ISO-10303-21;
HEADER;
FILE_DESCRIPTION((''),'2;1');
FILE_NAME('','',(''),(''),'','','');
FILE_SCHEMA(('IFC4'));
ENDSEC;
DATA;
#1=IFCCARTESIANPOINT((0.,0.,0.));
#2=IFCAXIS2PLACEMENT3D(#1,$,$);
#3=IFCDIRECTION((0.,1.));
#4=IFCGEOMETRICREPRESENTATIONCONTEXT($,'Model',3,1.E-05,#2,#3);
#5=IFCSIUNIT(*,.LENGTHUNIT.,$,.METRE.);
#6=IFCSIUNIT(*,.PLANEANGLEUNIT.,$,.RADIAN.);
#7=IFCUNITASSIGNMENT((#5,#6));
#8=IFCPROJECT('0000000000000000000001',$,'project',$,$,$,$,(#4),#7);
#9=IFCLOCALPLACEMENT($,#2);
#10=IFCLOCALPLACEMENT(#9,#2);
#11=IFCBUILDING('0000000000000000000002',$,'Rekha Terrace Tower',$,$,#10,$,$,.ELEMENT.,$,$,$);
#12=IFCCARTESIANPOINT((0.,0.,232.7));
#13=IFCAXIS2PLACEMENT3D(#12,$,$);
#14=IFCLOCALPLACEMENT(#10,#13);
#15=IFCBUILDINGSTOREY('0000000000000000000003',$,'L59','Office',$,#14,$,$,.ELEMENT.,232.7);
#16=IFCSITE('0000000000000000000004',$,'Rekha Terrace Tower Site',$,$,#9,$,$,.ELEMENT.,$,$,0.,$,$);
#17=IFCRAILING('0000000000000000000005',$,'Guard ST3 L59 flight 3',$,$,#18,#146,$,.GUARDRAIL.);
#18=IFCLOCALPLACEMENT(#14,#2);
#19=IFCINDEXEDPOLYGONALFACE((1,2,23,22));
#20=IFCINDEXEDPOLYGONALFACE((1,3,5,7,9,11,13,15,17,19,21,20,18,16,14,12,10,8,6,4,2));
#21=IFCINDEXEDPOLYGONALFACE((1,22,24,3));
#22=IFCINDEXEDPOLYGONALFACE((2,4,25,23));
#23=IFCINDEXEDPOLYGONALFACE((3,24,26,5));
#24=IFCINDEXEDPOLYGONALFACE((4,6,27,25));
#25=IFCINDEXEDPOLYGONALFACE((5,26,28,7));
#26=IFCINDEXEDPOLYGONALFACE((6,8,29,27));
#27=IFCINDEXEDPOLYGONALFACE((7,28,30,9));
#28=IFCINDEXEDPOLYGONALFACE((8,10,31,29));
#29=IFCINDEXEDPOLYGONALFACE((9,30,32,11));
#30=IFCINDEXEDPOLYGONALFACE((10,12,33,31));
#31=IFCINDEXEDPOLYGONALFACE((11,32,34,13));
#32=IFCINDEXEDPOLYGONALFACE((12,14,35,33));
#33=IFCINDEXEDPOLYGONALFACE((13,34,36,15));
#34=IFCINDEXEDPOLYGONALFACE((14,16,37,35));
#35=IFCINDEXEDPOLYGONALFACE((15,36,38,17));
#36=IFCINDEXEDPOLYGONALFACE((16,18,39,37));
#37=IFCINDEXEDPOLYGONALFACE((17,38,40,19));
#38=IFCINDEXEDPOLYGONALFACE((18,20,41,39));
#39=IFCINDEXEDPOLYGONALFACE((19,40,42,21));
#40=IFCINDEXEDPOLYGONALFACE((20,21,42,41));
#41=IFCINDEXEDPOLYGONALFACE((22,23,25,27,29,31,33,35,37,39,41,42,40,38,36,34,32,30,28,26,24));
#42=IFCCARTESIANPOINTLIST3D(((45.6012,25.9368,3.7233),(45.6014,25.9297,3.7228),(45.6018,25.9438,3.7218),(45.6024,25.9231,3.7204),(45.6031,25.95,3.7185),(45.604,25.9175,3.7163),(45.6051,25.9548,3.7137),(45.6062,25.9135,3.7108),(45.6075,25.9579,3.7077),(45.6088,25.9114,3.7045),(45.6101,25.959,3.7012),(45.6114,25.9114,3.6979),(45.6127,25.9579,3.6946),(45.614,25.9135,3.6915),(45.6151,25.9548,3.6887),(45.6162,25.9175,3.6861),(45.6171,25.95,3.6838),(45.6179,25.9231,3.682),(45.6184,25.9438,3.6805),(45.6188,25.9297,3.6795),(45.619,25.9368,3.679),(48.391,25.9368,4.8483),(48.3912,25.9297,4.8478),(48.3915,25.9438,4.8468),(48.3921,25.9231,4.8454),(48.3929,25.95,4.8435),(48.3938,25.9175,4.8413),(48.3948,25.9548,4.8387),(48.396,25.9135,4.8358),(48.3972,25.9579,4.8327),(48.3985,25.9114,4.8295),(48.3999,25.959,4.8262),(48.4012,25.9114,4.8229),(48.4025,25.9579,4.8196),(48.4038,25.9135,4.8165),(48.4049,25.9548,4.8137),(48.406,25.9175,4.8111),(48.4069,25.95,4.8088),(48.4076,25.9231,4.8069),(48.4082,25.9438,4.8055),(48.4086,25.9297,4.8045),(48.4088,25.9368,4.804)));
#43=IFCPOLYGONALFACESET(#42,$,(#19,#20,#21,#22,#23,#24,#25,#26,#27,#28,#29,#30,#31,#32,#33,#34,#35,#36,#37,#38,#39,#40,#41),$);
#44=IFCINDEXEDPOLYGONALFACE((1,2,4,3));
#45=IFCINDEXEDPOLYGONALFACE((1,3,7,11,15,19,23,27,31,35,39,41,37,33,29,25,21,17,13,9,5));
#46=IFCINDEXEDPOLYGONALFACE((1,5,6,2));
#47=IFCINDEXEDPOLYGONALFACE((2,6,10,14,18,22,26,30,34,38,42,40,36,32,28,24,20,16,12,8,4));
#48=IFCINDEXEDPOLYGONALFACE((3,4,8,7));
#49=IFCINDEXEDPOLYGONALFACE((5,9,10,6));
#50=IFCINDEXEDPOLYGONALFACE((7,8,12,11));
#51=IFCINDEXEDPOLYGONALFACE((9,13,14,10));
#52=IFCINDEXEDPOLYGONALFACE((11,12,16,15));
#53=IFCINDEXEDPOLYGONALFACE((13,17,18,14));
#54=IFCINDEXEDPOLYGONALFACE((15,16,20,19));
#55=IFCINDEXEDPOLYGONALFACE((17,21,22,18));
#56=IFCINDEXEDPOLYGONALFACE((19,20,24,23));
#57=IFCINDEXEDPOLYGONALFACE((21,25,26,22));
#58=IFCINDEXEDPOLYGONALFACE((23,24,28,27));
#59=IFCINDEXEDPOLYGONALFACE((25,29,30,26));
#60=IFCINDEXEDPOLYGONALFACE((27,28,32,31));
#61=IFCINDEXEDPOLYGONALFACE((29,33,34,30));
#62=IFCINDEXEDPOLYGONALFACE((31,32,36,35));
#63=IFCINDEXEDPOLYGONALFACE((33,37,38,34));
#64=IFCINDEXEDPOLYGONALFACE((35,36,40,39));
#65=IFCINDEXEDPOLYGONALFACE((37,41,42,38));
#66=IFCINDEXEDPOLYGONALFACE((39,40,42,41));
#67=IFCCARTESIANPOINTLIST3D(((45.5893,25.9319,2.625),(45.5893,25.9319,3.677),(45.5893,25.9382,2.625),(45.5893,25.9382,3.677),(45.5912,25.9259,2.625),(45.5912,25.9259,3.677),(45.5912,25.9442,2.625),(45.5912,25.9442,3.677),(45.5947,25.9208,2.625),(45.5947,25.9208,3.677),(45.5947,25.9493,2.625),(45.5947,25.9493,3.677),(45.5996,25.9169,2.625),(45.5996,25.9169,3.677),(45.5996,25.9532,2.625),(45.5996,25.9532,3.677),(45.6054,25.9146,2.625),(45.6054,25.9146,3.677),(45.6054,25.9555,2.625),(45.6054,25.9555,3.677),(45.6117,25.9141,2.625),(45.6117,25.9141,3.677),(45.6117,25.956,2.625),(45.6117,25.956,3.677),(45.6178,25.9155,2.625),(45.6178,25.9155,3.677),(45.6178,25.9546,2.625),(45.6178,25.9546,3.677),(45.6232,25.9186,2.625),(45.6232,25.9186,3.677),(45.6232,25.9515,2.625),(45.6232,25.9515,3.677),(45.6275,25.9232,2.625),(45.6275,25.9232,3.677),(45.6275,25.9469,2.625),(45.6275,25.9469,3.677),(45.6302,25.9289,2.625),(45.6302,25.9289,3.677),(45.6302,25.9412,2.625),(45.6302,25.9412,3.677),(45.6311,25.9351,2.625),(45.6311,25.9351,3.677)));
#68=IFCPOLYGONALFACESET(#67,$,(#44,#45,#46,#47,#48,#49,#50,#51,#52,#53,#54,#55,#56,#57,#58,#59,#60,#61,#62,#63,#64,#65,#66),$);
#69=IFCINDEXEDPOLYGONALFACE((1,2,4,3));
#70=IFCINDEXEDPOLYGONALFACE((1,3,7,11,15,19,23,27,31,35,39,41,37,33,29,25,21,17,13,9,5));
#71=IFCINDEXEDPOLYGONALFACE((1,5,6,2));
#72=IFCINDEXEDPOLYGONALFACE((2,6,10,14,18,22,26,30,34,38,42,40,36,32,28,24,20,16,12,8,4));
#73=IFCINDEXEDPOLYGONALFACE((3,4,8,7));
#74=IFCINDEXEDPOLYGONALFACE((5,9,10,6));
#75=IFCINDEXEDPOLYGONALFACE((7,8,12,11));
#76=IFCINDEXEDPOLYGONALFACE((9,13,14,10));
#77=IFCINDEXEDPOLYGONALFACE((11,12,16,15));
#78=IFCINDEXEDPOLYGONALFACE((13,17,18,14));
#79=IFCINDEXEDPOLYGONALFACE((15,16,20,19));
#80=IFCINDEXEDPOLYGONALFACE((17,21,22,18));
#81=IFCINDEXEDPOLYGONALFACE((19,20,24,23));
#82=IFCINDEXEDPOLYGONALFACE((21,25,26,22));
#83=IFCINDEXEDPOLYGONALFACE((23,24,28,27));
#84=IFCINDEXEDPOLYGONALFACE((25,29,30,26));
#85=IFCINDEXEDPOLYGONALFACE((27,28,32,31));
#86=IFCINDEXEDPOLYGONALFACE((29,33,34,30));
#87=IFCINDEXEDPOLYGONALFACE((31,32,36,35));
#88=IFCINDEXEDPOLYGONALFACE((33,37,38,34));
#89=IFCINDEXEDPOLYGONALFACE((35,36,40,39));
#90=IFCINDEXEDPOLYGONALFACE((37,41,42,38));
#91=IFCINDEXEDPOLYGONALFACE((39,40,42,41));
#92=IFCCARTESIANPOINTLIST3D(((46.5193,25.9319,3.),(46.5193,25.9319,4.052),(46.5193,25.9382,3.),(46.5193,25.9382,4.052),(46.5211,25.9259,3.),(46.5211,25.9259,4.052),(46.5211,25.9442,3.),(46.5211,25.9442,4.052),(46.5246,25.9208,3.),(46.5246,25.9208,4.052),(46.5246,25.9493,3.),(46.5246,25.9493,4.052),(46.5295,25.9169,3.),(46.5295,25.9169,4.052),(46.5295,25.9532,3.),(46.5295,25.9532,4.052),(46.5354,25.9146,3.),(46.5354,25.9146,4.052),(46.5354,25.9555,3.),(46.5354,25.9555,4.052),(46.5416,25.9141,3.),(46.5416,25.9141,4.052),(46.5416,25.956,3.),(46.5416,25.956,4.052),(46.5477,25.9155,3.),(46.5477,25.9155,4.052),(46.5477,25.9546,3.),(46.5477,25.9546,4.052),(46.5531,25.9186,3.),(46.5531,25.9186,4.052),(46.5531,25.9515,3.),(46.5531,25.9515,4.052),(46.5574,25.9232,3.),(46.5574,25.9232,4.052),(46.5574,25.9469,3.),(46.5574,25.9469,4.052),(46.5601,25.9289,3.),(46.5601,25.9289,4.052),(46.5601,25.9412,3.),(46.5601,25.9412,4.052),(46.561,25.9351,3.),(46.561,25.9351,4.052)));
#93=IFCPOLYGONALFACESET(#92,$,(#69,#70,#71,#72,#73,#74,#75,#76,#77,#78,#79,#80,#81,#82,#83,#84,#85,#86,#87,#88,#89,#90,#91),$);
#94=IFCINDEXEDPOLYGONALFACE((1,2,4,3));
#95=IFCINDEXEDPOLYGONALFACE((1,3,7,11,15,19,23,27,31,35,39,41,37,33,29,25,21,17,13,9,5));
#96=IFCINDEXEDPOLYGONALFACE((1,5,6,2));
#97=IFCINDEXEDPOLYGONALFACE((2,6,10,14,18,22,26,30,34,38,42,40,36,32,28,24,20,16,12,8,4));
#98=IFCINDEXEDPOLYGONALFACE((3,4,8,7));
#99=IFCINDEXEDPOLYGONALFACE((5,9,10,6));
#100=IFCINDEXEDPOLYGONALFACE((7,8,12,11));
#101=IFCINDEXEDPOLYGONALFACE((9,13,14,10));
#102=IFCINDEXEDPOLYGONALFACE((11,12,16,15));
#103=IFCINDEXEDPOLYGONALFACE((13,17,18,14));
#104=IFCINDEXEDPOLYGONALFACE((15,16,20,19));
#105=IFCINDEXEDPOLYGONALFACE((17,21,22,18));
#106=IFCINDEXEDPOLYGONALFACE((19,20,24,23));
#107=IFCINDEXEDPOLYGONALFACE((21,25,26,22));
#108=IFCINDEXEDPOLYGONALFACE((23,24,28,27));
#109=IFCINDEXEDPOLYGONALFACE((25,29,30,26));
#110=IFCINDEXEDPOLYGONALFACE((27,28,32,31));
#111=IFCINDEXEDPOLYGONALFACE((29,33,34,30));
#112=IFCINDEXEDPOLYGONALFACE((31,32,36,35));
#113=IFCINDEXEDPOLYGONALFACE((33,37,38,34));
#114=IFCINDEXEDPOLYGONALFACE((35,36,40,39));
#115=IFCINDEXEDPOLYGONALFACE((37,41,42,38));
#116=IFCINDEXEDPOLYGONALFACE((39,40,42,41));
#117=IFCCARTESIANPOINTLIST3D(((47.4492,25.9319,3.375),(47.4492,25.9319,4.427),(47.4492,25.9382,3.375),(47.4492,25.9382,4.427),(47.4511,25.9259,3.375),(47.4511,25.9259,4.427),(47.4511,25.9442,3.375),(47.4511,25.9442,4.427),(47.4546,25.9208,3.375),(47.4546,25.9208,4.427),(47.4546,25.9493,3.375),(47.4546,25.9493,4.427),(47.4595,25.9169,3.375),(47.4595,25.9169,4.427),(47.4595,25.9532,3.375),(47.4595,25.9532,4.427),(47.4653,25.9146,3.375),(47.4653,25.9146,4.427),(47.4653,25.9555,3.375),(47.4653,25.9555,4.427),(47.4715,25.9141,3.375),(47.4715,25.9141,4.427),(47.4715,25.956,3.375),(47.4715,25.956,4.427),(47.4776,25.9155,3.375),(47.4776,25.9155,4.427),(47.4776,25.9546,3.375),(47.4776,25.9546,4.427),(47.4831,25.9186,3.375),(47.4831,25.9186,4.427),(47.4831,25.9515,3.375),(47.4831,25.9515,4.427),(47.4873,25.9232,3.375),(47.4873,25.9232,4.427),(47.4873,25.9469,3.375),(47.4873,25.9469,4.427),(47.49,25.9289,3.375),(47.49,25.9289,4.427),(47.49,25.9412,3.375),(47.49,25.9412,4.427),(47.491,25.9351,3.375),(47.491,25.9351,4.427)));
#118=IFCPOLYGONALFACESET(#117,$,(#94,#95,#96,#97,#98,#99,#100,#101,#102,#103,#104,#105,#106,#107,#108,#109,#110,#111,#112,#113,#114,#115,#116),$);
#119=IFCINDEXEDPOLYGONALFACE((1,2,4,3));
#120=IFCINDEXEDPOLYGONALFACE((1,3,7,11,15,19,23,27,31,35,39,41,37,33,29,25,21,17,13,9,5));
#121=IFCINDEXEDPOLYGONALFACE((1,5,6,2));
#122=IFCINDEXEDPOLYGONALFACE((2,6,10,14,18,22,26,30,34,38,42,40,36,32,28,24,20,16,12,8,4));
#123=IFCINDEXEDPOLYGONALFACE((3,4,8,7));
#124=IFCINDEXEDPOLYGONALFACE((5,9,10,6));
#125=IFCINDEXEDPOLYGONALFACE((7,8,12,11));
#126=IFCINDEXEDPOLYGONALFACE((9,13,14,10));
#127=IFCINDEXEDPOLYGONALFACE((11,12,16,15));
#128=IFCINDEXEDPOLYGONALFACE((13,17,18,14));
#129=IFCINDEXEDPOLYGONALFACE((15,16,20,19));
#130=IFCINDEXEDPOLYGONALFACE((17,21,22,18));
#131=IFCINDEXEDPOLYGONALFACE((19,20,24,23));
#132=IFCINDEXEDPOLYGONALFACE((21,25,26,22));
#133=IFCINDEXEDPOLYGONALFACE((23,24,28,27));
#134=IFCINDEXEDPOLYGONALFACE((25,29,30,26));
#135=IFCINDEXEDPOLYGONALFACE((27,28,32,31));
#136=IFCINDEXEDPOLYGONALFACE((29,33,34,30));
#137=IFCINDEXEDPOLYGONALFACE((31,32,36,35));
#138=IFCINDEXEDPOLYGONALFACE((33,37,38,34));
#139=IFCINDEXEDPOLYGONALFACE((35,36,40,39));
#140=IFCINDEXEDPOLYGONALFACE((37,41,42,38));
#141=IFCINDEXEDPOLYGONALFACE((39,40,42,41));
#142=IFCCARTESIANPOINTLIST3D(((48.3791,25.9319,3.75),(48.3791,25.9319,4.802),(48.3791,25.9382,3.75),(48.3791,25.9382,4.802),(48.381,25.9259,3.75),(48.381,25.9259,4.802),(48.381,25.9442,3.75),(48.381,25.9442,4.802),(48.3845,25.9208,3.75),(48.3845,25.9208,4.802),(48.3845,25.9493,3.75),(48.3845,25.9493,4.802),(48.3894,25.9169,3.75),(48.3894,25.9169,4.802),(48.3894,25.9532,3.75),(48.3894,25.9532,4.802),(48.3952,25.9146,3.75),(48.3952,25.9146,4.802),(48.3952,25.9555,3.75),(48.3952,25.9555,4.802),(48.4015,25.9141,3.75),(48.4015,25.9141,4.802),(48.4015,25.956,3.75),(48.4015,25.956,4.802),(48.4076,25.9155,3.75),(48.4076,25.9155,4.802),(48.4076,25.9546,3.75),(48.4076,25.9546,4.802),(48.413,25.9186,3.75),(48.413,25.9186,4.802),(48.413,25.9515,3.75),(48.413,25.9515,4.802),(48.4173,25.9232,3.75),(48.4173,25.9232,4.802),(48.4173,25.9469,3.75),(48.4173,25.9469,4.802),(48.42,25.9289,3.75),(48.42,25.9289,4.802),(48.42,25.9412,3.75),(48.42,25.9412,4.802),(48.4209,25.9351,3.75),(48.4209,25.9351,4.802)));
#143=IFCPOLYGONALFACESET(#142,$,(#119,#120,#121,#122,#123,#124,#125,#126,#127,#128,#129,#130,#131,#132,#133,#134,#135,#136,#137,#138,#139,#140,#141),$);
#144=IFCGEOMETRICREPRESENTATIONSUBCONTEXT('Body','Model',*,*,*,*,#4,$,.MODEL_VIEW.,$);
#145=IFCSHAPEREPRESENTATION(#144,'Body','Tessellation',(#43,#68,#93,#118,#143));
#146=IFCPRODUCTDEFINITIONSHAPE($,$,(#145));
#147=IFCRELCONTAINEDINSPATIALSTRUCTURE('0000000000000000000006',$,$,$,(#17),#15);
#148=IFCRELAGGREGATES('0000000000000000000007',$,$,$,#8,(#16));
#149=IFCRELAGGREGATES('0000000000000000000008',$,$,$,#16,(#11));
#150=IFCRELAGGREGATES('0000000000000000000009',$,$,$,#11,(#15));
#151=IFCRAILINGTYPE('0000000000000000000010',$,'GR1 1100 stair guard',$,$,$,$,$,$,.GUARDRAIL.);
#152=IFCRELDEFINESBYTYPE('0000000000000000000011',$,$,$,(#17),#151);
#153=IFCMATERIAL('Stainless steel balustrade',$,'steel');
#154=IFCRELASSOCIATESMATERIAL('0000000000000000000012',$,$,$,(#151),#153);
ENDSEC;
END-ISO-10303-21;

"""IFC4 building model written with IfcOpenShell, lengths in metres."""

from ifc_helpers import new_model, si_unit, direction, frame, origin, origin_2d, place, context, subcontext, project, spatial, circle, extrude, material, type_object, element, save


model = new_model("IFC4")

# Units and contexts
model_context = context("Model", 3, precision=1e-05, world=origin(), true_north=direction((0.0, 1.0)))
body_context = subcontext(model_context, "Body", "Model", "MODEL_VIEW")
ifc_project = project(units=[si_unit("LENGTHUNIT", "METRE"), si_unit("PLANEANGLEUNIT", "RADIAN")], contexts=[model_context])

# Site, building, storey
site_placement = place(None, origin())
site = spatial("IfcSite", under=ifc_project, at=site_placement, Name="Rekha Terrace Tower Site", CompositionType="ELEMENT", RefElevation=0.0)
building_placement = place(site_placement, origin())
building = spatial("IfcBuilding", under=site, at=building_placement, Name="Rekha Terrace Tower", CompositionType="ELEMENT")
storey_placement = place(building_placement, frame((0.0, 0.0, 232.7)))
storey = spatial("IfcBuildingStorey", under=building, at=storey_placement, Name="L59", Description="Office", CompositionType="ELEMENT", Elevation=232.7)

# Railing
ifc_material_1 = material(Name="Stainless steel balustrade", Category="steel")
railing_type_1 = type_object("IfcRailingType", Name="GR1 1100 stair guard", PredefinedType="GUARDRAIL", material=ifc_material_1)
railing_1_placement = place(storey_placement, frame((45.6101, 25.9351, 2.625)))
element("IfcRailing", 1, at=railing_1_placement, inside=storey, type_object=railing_type_1, Name="Guard ST3 L59 flight 3", PredefinedType="GUARDRAIL", context=body_context, shape_type="SweptSolid", body=[
    extrude(circle(Radius=0.0239, at=origin_2d()), frame((0.0, 0.0, 1.0762), z_axis=(0.927432, 0.0, 0.373992), x_axis=(0.0, 1.0, 0.0)), (0.0, 0.0, 1.0), 3.0081),
    extrude(circle(Radius=0.021, at=origin_2d()), origin(), (0.0, 0.0, 1.0), 1.052),
    extrude(circle(Radius=0.021, at=origin_2d()), frame((0.9299, 0.0, 0.375)), (0.0, 0.0, 1.0), 1.052),
    extrude(circle(Radius=0.021, at=origin_2d()), frame((1.8599, 0.0, 0.75)), (0.0, 0.0, 1.0), 1.052),
    extrude(circle(Radius=0.021, at=origin_2d()), frame((2.7898, 0.0, 1.125)), (0.0, 0.0, 1.0), 1.052),
])

save(model, "model.ifc")
